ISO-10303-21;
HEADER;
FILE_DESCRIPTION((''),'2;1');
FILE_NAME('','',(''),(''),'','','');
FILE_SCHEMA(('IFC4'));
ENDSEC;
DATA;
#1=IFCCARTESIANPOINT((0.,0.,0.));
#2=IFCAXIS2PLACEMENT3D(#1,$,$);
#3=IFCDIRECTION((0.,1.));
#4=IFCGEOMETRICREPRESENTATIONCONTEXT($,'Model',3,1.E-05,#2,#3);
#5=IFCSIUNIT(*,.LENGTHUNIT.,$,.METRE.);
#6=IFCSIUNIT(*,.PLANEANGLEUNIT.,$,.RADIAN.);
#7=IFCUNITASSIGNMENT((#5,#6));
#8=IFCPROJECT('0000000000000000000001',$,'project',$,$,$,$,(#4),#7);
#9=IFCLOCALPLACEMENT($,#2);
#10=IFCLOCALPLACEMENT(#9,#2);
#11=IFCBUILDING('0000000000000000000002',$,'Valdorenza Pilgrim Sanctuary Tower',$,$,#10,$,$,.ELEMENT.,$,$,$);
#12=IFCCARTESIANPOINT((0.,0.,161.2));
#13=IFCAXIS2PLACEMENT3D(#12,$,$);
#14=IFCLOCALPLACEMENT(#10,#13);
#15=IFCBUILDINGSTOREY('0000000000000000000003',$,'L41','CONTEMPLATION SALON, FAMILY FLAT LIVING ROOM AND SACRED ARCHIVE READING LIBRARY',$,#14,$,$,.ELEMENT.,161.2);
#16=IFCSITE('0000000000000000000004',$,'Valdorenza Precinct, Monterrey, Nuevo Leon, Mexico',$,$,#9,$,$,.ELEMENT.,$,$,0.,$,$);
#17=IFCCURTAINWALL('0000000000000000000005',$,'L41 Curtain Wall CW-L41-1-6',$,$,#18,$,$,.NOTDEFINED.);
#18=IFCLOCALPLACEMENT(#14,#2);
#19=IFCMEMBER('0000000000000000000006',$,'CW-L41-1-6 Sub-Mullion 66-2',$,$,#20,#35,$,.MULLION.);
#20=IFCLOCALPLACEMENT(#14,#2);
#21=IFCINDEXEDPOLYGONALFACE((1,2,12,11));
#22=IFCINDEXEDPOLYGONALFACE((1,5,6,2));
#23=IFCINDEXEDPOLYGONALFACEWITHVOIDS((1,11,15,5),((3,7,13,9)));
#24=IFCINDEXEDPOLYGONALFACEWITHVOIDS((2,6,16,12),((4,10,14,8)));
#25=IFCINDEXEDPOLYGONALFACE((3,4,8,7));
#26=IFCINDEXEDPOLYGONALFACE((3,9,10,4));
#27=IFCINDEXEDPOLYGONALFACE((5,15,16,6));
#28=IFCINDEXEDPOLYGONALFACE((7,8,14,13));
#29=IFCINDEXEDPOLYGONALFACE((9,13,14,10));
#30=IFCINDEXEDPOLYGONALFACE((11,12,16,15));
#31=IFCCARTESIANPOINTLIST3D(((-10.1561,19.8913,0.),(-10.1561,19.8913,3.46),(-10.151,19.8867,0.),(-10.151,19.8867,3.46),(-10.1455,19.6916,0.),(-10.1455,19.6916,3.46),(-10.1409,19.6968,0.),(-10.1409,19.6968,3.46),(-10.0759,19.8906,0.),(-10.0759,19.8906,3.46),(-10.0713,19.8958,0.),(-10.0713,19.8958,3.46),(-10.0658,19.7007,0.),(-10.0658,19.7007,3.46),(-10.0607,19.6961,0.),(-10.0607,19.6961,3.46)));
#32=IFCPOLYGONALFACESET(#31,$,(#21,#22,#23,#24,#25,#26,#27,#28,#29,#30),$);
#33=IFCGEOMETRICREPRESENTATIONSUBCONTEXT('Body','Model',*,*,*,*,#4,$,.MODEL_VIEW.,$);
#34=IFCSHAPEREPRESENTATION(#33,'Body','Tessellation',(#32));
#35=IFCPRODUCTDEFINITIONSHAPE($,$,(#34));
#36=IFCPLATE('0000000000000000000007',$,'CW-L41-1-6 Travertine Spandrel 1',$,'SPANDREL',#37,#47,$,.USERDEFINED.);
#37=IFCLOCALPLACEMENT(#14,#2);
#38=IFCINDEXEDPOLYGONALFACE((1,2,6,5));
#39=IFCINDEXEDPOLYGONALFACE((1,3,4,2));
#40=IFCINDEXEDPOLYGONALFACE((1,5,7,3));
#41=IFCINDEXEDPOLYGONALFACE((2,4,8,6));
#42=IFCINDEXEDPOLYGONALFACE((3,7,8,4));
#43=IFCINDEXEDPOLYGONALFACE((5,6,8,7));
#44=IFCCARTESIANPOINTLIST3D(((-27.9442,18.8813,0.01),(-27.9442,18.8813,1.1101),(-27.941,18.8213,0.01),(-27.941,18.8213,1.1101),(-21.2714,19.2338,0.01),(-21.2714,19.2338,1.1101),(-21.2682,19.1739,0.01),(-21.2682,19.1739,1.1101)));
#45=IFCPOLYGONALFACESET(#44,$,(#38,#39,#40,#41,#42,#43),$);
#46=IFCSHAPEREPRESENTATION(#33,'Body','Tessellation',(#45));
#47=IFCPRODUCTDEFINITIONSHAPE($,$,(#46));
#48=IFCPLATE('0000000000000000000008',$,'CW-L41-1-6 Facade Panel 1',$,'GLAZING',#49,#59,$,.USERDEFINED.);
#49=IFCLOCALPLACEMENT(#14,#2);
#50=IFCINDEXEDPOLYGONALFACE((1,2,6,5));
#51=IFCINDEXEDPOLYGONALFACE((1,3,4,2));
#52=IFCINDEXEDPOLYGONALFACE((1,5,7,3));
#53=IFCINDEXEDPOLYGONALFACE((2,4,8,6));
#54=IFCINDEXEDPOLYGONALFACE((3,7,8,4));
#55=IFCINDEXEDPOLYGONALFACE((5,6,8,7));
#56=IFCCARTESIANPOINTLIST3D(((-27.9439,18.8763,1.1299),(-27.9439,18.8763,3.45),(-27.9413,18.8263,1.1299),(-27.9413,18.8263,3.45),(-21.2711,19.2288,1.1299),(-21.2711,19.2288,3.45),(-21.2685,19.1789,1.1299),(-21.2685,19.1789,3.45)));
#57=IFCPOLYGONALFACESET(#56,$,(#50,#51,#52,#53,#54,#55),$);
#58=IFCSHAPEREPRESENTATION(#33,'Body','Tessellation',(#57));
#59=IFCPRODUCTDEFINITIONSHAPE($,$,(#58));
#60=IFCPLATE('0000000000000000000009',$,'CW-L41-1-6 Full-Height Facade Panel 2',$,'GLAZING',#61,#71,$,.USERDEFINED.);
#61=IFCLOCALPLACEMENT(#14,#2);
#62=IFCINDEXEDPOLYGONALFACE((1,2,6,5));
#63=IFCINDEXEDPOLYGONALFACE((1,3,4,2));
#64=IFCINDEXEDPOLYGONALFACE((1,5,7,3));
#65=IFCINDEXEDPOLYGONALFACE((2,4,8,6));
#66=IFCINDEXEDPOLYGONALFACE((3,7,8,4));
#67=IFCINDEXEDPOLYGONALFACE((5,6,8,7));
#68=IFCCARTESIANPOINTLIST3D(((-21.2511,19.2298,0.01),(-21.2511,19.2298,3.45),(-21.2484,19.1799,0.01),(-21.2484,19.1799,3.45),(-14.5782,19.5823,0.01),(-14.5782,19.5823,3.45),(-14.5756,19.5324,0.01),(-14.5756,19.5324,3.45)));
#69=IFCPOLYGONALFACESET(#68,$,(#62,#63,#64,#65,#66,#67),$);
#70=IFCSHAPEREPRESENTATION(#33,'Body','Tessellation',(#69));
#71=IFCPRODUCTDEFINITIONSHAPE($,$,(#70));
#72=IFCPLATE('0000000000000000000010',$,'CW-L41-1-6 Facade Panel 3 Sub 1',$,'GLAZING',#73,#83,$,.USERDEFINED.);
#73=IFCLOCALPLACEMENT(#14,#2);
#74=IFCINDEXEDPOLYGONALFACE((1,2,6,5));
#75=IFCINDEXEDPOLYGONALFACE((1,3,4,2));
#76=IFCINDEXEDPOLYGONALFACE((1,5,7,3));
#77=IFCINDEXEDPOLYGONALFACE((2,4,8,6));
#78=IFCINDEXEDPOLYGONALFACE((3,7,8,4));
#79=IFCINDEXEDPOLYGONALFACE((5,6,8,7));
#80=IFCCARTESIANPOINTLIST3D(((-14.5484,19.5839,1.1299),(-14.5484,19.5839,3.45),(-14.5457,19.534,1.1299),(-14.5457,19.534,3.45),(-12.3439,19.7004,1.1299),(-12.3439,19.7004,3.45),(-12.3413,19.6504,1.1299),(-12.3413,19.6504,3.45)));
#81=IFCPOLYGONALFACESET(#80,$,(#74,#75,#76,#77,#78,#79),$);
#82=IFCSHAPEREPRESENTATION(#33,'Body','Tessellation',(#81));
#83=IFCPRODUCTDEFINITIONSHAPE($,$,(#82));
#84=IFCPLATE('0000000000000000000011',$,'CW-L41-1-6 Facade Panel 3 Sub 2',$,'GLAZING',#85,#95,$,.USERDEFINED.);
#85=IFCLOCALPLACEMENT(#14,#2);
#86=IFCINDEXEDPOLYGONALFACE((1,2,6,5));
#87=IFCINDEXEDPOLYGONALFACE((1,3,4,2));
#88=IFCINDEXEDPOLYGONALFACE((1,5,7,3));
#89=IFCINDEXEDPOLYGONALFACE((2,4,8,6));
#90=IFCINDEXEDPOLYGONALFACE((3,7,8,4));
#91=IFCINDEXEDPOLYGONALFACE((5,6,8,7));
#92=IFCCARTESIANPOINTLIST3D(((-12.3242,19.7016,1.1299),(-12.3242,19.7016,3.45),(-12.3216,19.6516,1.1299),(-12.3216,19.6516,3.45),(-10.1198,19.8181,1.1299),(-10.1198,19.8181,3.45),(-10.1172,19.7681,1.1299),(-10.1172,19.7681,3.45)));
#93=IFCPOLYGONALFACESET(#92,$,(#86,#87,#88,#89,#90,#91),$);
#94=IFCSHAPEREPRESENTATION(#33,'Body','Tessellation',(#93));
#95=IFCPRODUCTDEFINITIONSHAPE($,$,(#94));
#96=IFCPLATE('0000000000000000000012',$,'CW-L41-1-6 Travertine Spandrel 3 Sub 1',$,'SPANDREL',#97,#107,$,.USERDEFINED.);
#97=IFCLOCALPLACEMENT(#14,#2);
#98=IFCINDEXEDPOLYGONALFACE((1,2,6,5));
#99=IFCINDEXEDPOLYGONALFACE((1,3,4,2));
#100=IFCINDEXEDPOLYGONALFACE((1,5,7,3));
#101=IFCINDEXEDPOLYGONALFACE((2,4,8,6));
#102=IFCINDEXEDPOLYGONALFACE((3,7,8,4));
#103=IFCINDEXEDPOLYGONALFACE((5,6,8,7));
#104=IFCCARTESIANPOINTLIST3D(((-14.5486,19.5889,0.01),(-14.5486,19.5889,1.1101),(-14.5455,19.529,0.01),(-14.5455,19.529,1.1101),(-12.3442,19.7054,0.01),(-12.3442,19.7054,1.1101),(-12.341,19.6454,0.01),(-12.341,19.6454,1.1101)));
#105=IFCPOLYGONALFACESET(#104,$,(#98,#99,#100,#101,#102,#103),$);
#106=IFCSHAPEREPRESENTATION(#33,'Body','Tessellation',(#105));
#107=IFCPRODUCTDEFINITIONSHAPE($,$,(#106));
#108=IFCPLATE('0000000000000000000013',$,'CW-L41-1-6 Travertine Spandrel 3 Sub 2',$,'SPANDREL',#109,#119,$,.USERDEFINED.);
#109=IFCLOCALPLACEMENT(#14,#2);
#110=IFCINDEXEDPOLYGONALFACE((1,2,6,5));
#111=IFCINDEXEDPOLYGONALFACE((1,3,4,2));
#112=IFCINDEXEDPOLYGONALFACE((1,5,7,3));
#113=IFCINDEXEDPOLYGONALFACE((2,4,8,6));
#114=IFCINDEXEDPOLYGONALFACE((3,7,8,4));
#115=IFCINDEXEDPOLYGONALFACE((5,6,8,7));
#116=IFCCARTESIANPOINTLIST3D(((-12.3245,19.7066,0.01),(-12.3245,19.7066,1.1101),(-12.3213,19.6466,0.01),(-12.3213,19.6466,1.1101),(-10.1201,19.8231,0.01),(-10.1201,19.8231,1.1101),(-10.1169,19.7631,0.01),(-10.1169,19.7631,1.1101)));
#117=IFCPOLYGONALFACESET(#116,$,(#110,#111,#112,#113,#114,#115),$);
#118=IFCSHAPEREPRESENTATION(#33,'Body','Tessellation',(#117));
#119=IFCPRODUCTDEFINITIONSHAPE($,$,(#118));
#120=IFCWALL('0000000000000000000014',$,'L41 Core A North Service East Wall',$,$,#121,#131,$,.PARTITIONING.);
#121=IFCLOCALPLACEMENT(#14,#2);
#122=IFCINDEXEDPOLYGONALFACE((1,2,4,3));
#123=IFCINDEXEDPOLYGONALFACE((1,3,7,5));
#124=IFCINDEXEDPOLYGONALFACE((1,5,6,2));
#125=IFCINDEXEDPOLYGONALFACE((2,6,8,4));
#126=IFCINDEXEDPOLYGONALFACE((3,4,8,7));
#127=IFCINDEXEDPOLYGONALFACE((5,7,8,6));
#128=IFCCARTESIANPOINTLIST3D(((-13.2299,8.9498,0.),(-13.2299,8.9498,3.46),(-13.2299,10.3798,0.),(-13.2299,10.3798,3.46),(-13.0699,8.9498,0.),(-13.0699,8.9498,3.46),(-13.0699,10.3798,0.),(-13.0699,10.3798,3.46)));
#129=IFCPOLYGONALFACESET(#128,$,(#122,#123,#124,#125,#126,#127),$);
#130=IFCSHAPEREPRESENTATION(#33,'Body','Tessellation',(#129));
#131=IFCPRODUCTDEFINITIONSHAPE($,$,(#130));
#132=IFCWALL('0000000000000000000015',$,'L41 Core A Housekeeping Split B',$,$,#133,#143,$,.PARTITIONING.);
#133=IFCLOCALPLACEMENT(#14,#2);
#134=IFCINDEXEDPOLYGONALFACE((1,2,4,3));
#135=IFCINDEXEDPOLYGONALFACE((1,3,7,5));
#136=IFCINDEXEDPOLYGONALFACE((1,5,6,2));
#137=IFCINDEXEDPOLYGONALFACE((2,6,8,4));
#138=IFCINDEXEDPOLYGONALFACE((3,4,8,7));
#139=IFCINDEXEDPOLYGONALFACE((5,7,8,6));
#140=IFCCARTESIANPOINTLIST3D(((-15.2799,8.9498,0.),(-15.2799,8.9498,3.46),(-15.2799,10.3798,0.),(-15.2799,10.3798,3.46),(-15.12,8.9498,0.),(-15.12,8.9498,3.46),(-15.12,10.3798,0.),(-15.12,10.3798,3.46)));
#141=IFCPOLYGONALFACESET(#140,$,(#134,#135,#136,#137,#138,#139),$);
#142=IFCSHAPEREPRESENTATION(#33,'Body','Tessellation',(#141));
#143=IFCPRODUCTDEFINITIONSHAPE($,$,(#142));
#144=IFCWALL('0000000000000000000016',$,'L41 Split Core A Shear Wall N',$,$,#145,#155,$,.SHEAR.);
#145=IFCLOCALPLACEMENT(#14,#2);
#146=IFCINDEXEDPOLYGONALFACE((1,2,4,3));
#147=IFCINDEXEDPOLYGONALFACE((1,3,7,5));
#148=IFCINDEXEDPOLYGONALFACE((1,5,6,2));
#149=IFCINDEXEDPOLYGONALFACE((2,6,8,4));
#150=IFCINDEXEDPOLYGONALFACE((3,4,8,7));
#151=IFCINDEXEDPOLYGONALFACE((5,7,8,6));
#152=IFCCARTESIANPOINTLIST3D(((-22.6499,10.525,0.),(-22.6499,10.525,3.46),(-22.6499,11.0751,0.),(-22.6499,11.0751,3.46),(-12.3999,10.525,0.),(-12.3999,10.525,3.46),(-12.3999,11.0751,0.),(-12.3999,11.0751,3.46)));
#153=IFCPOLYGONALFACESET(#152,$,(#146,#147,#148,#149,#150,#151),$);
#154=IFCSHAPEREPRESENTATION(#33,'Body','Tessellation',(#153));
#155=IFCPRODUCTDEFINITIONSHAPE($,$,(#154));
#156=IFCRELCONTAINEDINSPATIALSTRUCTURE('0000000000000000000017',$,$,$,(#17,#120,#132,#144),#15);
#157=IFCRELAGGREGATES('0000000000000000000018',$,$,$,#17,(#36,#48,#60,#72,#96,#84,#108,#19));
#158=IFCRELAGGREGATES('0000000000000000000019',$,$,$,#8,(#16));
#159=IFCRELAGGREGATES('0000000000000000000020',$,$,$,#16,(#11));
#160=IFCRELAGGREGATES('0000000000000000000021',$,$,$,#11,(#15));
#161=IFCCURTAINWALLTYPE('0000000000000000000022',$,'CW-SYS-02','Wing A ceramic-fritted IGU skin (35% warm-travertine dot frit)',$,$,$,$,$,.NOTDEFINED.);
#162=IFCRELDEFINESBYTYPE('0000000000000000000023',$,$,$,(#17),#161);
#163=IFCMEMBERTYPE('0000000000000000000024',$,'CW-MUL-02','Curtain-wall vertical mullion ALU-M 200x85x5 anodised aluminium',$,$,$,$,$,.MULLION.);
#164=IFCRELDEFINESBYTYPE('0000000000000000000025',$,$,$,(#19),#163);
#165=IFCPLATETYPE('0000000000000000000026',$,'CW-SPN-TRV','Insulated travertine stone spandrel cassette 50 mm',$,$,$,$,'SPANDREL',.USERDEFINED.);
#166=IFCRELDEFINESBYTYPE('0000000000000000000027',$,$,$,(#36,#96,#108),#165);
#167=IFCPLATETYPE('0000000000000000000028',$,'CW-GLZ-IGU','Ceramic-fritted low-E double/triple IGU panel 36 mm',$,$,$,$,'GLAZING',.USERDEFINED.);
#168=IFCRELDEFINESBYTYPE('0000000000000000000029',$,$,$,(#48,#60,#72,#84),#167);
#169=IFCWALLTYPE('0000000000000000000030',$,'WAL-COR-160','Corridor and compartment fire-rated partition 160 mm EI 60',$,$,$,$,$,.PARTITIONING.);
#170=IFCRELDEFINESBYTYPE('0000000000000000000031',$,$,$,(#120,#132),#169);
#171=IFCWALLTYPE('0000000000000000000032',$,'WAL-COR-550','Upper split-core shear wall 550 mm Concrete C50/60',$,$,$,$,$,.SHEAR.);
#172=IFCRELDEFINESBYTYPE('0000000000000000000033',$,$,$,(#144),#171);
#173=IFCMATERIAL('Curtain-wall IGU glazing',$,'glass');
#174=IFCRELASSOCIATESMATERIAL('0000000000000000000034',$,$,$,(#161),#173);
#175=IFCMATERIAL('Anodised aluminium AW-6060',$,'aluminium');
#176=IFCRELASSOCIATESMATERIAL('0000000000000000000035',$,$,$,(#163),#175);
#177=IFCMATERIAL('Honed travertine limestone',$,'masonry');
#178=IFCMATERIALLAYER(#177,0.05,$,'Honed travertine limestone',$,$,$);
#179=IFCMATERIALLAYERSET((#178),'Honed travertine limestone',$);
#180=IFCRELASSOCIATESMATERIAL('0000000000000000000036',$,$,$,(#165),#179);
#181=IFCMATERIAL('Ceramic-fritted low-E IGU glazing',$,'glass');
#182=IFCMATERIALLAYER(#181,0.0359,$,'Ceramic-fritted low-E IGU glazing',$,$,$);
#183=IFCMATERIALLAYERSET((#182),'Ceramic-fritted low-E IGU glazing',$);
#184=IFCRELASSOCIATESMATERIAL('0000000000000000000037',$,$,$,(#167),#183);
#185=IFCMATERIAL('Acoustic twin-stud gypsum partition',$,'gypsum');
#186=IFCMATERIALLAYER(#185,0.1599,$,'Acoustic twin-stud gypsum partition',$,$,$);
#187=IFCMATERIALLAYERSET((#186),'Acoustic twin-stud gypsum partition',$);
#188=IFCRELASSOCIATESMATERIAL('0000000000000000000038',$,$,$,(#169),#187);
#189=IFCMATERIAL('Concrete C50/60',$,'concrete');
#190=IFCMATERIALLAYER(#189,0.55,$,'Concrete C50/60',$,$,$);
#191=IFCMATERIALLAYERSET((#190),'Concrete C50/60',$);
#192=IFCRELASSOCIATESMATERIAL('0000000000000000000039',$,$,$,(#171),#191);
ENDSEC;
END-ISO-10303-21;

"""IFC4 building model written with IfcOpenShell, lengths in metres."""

from ifc_helpers import new_model, si_unit, direction, frame, frame_2d, origin, origin_2d, place, context, subcontext, project, spatial, rectangle, hollow_rectangle, extrude, source, transform, mapped, material, layer, layer_set, material_profile, profile_set, type_object, element, aggregate, save


model = new_model("IFC4")

# Units and contexts
model_context = context("Model", 3, precision=1e-05, world=origin(), true_north=direction((0.0, 1.0)))
body_context = subcontext(model_context, "Body", "Model", "MODEL_VIEW")
ifc_project = project(units=[si_unit("LENGTHUNIT", "METRE"), si_unit("PLANEANGLEUNIT", "RADIAN")], contexts=[model_context])

# Site, building, storey
site_placement = place(None, origin())
site = spatial("IfcSite", under=ifc_project, at=site_placement, Name="Valdorenza Precinct, Monterrey, Nuevo Leon, Mexico", CompositionType="ELEMENT", RefElevation=0.0)
building_placement = place(site_placement, origin())
building = spatial("IfcBuilding", under=site, at=building_placement, Name="Valdorenza Pilgrim Sanctuary Tower", CompositionType="ELEMENT")
storey_placement = place(building_placement, frame((0.0, 0.0, 161.2)))
storey = spatial("IfcBuildingStorey", under=building, at=storey_placement, Name="L41", Description="CONTEMPLATION SALON, FAMILY FLAT LIVING ROOM AND SACRED ARCHIVE READING LIBRARY", CompositionType="ELEMENT", Elevation=161.2)

# Curtain wall, member, plates
ifc_material_1 = material(Name="Curtain-wall IGU glazing", Category="glass")
curtain_wall_type = type_object("IfcCurtainWallType", Name="CW-SYS-02", Description="Wing A ceramic-fritted IGU skin (35% warm-travertine dot frit)", PredefinedType="NOTDEFINED", material=ifc_material_1)
curtain_wall_placement = place(storey_placement, origin())
curtain_wall = element("IfcCurtainWall", 1, at=curtain_wall_placement, inside=storey, type_object=curtain_wall_type, Name="L41 Curtain Wall CW-L41-1-6", PredefinedType="NOTDEFINED")
ifc_material_2 = material(Name="Anodised aluminium AW-6060", Category="aluminium")
ifc_material_profile_1 = material_profile(ifc_material_2, hollow_rectangle(XDim=0.085, YDim=0.2, WallThickness=0.0049, at=origin_2d()), Name="ALU-M 200x85x5")
ifc_profile_set_1 = profile_set([ifc_material_profile_1], Name="Anodised aluminium AW-6060")
member_type = type_object("IfcMemberType", Name="CW-MUL-02", Description="Curtain-wall vertical mullion ALU-M 200x85x5 anodised aluminium", PredefinedType="MULLION", material=ifc_profile_set_1)
shared_shape_1 = source(origin(), body_context, "Body", "SweptSolid", [
    extrude(hollow_rectangle(XDim=0.085, YDim=0.2, WallThickness=0.0049, at=origin_2d()), origin(), (0.0, 0.0, 1.0), 3.46),
])
member_1_placement = place(storey_placement, frame((-10.1084, 19.7937, 0.0), z_axis=(0.0, 0.0, 1.0), x_axis=(0.998608, 0.052754, 0.0)))
member_1 = element("IfcMember", 2, at=member_1_placement, type_object=member_type, Name="CW-L41-1-6 Sub-Mullion 66-2", PredefinedType="MULLION", context=body_context, shape_type="MappedRepresentation", body=[
    mapped(shared_shape_1, transform((0.0, 0.0, 0.0), x_axis=(1.0, 0.0, 0.0), y_axis=(0.0, 1.0, 0.0), z_axis=(0.0, 0.0, 1.0), scale=1.0)),
])
ifc_material_3 = material(Name="Honed travertine limestone", Category="masonry")
ifc_layer_1 = layer(ifc_material_3, 0.05, Name="Honed travertine limestone")
ifc_layer_set_1 = layer_set([ifc_layer_1], Name="Honed travertine limestone")
plate_type_1 = type_object("IfcPlateType", Name="CW-SPN-TRV", Description="Insulated travertine stone spandrel cassette 50 mm", ElementType="SPANDREL", PredefinedType="USERDEFINED", material=ifc_layer_set_1)
shared_shape_2 = source(origin(), body_context, "Body", "SweptSolid", [
    extrude(rectangle(XDim=6.6821, YDim=0.0601, at=origin_2d()), origin(), (0.0, 0.0, 1.0), 1.1001),
])
plate_1_placement = place(storey_placement, frame((-24.6062, 19.0276, 0.01), z_axis=(0.0, 0.0, 1.0), x_axis=(0.998608, 0.052754, 0.0)))
plate_1 = element("IfcPlate", 3, at=plate_1_placement, type_object=plate_type_1, Name="CW-L41-1-6 Travertine Spandrel 1", ObjectType="SPANDREL", PredefinedType="USERDEFINED", context=body_context, shape_type="MappedRepresentation", body=[
    mapped(shared_shape_2, transform((0.0, 0.0, 0.0), x_axis=(1.0, 0.0, 0.0), y_axis=(0.0, 1.0, 0.0), z_axis=(0.0, 0.0, 1.0), scale=1.0)),
])
ifc_material_4 = material(Name="Ceramic-fritted low-E IGU glazing", Category="glass")
ifc_layer_2 = layer(ifc_material_4, 0.0359, Name="Ceramic-fritted low-E IGU glazing")
ifc_layer_set_2 = layer_set([ifc_layer_2], Name="Ceramic-fritted low-E IGU glazing")
plate_type_2 = type_object("IfcPlateType", Name="CW-GLZ-IGU", Description="Ceramic-fritted low-E double/triple IGU panel 36 mm", ElementType="GLAZING", PredefinedType="USERDEFINED", material=ifc_layer_set_2)
shared_shape_3 = source(origin(), body_context, "Body", "SweptSolid", [
    extrude(rectangle(XDim=6.6821, YDim=0.05, at=origin_2d()), origin(), (0.0, 0.0, 1.0), 2.3201),
])
plate_2_placement = place(storey_placement, frame((-24.6062, 19.0276, 1.1299), z_axis=(0.0, 0.0, 1.0), x_axis=(0.998608, 0.052754, 0.0)))
plate_2 = element("IfcPlate", 4, at=plate_2_placement, type_object=plate_type_2, Name="CW-L41-1-6 Facade Panel 1", ObjectType="GLAZING", PredefinedType="USERDEFINED", context=body_context, shape_type="MappedRepresentation", body=[
    mapped(shared_shape_3, transform((0.0, 0.0, 0.0), x_axis=(1.0, 0.0, 0.0), y_axis=(0.0, 1.0, 0.0), z_axis=(0.0, 0.0, 1.0), scale=1.0)),
])
shared_shape_4 = source(origin(), body_context, "Body", "SweptSolid", [
    extrude(rectangle(XDim=6.6821, YDim=0.05, at=origin_2d()), origin(), (0.0, 0.0, 1.0), 3.4399),
])
plate_3_placement = place(storey_placement, frame((-17.9133, 19.3811, 0.01), z_axis=(0.0, 0.0, 1.0), x_axis=(0.998608, 0.052754, 0.0)))
plate_3 = element("IfcPlate", 5, at=plate_3_placement, type_object=plate_type_2, Name="CW-L41-1-6 Full-Height Facade Panel 2", ObjectType="GLAZING", PredefinedType="USERDEFINED", context=body_context, shape_type="MappedRepresentation", body=[
    mapped(shared_shape_4, transform((0.0, 0.0, 0.0), x_axis=(1.0, 0.0, 0.0), y_axis=(0.0, 1.0, 0.0), z_axis=(0.0, 0.0, 1.0), scale=1.0)),
])
shared_shape_5 = source(origin(), body_context, "Body", "SweptSolid", [
    extrude(rectangle(XDim=2.2075, YDim=0.05, at=origin_2d()), origin(), (0.0, 0.0, 1.0), 2.3201),
])
plate_4_placement = place(storey_placement, frame((-13.4448, 19.6172, 1.1299), z_axis=(0.0, 0.0, 1.0), x_axis=(0.998608, 0.052754, 0.0)))
plate_4 = element("IfcPlate", 6, at=plate_4_placement, type_object=plate_type_2, Name="CW-L41-1-6 Facade Panel 3 Sub 1", ObjectType="GLAZING", PredefinedType="USERDEFINED", context=body_context, shape_type="MappedRepresentation", body=[
    mapped(shared_shape_5, transform((0.0, 0.0, 0.0), x_axis=(1.0, 0.0, 0.0), y_axis=(0.0, 1.0, 0.0), z_axis=(0.0, 0.0, 1.0), scale=1.0)),
])
plate_5_placement = place(storey_placement, frame((-11.2207, 19.7349, 1.1299), z_axis=(0.0, 0.0, 1.0), x_axis=(0.998608, 0.052754, 0.0)))
plate_5 = element("IfcPlate", 7, at=plate_5_placement, type_object=plate_type_2, Name="CW-L41-1-6 Facade Panel 3 Sub 2", ObjectType="GLAZING", PredefinedType="USERDEFINED", context=body_context, shape_type="MappedRepresentation", body=[
    mapped(shared_shape_5, transform((0.0, 0.0, 0.0), x_axis=(1.0, 0.0, 0.0), y_axis=(0.0, 1.0, 0.0), z_axis=(0.0, 0.0, 1.0), scale=1.0)),
])
shared_shape_6 = source(origin(), body_context, "Body", "SweptSolid", [
    extrude(rectangle(XDim=2.2075, YDim=0.0601, at=origin_2d()), origin(), (0.0, 0.0, 1.0), 1.1001),
])
plate_6_placement = place(storey_placement, frame((-13.4448, 19.6172, 0.01), z_axis=(0.0, 0.0, 1.0), x_axis=(0.998608, 0.052754, 0.0)))
plate_6 = element("IfcPlate", 8, at=plate_6_placement, type_object=plate_type_1, Name="CW-L41-1-6 Travertine Spandrel 3 Sub 1", ObjectType="SPANDREL", PredefinedType="USERDEFINED", context=body_context, shape_type="MappedRepresentation", body=[
    mapped(shared_shape_6, transform((0.0, 0.0, 0.0), x_axis=(1.0, 0.0, 0.0), y_axis=(0.0, 1.0, 0.0), z_axis=(0.0, 0.0, 1.0), scale=1.0)),
])
plate_7_placement = place(storey_placement, frame((-11.2207, 19.7349, 0.01), z_axis=(0.0, 0.0, 1.0), x_axis=(0.998608, 0.052754, 0.0)))
plate_7 = element("IfcPlate", 9, at=plate_7_placement, type_object=plate_type_1, Name="CW-L41-1-6 Travertine Spandrel 3 Sub 2", ObjectType="SPANDREL", PredefinedType="USERDEFINED", context=body_context, shape_type="MappedRepresentation", body=[
    mapped(shared_shape_6, transform((0.0, 0.0, 0.0), x_axis=(1.0, 0.0, 0.0), y_axis=(0.0, 1.0, 0.0), z_axis=(0.0, 0.0, 1.0), scale=1.0)),
])
aggregate(curtain_wall, [plate_1, plate_2, plate_3, plate_4, plate_6, plate_5, plate_7, member_1])

# Walls
ifc_material_5 = material(Name="Acoustic twin-stud gypsum partition", Category="gypsum")
ifc_layer_3 = layer(ifc_material_5, 0.1599, Name="Acoustic twin-stud gypsum partition")
ifc_layer_set_3 = layer_set([ifc_layer_3], Name="Acoustic twin-stud gypsum partition")
wall_type_1 = type_object("IfcWallType", Name="WAL-COR-160", Description="Corridor and compartment fire-rated partition 160 mm EI 60", PredefinedType="PARTITIONING", material=ifc_layer_set_3)
for number, where, z_axis, x_axis, name in (
    (10, (-13.1499, 8.95, 0.0), (0.0, 0.0, 1.0), (0.0, 1.0, 0.0), "L41 Core A North Service East Wall"),
    (11, (-15.2, 8.95, 0.0), (0.0, 0.0, 1.0), (0.0, 1.0, 0.0), "L41 Core A Housekeeping Split B"),
):
    element("IfcWall", number, at=place(storey_placement, frame(where, z_axis=z_axis, x_axis=x_axis)), inside=storey, type_object=wall_type_1, Name=name, PredefinedType="PARTITIONING", context=body_context, shape_type="SweptSolid", body=[
        extrude(rectangle(XDim=1.4299, YDim=0.1599, at=frame_2d((0.7148, 0.0))), origin(), (0.0, 0.0, 1.0), 3.46),
    ])
ifc_material_6 = material(Name="Concrete C50/60", Category="concrete")
ifc_layer_4 = layer(ifc_material_6, 0.55, Name="Concrete C50/60")
ifc_layer_set_4 = layer_set([ifc_layer_4], Name="Concrete C50/60")
wall_type_2 = type_object("IfcWallType", Name="WAL-COR-550", Description="Upper split-core shear wall 550 mm Concrete C50/60", PredefinedType="SHEAR", material=ifc_layer_set_4)
wall_1_placement = place(storey_placement, frame((-22.6499, 10.8, 0.0), z_axis=(0.0, 0.0, 1.0), x_axis=(1.0, 0.0, 0.0)))
element("IfcWall", 12, at=wall_1_placement, inside=storey, type_object=wall_type_2, Name="L41 Split Core A Shear Wall N", PredefinedType="SHEAR", context=body_context, shape_type="SweptSolid", body=[
    extrude(rectangle(XDim=10.25, YDim=0.55, at=frame_2d((5.125, 0.0))), origin(), (0.0, 0.0, 1.0), 3.46),
])

save(model, "model.ifc")
